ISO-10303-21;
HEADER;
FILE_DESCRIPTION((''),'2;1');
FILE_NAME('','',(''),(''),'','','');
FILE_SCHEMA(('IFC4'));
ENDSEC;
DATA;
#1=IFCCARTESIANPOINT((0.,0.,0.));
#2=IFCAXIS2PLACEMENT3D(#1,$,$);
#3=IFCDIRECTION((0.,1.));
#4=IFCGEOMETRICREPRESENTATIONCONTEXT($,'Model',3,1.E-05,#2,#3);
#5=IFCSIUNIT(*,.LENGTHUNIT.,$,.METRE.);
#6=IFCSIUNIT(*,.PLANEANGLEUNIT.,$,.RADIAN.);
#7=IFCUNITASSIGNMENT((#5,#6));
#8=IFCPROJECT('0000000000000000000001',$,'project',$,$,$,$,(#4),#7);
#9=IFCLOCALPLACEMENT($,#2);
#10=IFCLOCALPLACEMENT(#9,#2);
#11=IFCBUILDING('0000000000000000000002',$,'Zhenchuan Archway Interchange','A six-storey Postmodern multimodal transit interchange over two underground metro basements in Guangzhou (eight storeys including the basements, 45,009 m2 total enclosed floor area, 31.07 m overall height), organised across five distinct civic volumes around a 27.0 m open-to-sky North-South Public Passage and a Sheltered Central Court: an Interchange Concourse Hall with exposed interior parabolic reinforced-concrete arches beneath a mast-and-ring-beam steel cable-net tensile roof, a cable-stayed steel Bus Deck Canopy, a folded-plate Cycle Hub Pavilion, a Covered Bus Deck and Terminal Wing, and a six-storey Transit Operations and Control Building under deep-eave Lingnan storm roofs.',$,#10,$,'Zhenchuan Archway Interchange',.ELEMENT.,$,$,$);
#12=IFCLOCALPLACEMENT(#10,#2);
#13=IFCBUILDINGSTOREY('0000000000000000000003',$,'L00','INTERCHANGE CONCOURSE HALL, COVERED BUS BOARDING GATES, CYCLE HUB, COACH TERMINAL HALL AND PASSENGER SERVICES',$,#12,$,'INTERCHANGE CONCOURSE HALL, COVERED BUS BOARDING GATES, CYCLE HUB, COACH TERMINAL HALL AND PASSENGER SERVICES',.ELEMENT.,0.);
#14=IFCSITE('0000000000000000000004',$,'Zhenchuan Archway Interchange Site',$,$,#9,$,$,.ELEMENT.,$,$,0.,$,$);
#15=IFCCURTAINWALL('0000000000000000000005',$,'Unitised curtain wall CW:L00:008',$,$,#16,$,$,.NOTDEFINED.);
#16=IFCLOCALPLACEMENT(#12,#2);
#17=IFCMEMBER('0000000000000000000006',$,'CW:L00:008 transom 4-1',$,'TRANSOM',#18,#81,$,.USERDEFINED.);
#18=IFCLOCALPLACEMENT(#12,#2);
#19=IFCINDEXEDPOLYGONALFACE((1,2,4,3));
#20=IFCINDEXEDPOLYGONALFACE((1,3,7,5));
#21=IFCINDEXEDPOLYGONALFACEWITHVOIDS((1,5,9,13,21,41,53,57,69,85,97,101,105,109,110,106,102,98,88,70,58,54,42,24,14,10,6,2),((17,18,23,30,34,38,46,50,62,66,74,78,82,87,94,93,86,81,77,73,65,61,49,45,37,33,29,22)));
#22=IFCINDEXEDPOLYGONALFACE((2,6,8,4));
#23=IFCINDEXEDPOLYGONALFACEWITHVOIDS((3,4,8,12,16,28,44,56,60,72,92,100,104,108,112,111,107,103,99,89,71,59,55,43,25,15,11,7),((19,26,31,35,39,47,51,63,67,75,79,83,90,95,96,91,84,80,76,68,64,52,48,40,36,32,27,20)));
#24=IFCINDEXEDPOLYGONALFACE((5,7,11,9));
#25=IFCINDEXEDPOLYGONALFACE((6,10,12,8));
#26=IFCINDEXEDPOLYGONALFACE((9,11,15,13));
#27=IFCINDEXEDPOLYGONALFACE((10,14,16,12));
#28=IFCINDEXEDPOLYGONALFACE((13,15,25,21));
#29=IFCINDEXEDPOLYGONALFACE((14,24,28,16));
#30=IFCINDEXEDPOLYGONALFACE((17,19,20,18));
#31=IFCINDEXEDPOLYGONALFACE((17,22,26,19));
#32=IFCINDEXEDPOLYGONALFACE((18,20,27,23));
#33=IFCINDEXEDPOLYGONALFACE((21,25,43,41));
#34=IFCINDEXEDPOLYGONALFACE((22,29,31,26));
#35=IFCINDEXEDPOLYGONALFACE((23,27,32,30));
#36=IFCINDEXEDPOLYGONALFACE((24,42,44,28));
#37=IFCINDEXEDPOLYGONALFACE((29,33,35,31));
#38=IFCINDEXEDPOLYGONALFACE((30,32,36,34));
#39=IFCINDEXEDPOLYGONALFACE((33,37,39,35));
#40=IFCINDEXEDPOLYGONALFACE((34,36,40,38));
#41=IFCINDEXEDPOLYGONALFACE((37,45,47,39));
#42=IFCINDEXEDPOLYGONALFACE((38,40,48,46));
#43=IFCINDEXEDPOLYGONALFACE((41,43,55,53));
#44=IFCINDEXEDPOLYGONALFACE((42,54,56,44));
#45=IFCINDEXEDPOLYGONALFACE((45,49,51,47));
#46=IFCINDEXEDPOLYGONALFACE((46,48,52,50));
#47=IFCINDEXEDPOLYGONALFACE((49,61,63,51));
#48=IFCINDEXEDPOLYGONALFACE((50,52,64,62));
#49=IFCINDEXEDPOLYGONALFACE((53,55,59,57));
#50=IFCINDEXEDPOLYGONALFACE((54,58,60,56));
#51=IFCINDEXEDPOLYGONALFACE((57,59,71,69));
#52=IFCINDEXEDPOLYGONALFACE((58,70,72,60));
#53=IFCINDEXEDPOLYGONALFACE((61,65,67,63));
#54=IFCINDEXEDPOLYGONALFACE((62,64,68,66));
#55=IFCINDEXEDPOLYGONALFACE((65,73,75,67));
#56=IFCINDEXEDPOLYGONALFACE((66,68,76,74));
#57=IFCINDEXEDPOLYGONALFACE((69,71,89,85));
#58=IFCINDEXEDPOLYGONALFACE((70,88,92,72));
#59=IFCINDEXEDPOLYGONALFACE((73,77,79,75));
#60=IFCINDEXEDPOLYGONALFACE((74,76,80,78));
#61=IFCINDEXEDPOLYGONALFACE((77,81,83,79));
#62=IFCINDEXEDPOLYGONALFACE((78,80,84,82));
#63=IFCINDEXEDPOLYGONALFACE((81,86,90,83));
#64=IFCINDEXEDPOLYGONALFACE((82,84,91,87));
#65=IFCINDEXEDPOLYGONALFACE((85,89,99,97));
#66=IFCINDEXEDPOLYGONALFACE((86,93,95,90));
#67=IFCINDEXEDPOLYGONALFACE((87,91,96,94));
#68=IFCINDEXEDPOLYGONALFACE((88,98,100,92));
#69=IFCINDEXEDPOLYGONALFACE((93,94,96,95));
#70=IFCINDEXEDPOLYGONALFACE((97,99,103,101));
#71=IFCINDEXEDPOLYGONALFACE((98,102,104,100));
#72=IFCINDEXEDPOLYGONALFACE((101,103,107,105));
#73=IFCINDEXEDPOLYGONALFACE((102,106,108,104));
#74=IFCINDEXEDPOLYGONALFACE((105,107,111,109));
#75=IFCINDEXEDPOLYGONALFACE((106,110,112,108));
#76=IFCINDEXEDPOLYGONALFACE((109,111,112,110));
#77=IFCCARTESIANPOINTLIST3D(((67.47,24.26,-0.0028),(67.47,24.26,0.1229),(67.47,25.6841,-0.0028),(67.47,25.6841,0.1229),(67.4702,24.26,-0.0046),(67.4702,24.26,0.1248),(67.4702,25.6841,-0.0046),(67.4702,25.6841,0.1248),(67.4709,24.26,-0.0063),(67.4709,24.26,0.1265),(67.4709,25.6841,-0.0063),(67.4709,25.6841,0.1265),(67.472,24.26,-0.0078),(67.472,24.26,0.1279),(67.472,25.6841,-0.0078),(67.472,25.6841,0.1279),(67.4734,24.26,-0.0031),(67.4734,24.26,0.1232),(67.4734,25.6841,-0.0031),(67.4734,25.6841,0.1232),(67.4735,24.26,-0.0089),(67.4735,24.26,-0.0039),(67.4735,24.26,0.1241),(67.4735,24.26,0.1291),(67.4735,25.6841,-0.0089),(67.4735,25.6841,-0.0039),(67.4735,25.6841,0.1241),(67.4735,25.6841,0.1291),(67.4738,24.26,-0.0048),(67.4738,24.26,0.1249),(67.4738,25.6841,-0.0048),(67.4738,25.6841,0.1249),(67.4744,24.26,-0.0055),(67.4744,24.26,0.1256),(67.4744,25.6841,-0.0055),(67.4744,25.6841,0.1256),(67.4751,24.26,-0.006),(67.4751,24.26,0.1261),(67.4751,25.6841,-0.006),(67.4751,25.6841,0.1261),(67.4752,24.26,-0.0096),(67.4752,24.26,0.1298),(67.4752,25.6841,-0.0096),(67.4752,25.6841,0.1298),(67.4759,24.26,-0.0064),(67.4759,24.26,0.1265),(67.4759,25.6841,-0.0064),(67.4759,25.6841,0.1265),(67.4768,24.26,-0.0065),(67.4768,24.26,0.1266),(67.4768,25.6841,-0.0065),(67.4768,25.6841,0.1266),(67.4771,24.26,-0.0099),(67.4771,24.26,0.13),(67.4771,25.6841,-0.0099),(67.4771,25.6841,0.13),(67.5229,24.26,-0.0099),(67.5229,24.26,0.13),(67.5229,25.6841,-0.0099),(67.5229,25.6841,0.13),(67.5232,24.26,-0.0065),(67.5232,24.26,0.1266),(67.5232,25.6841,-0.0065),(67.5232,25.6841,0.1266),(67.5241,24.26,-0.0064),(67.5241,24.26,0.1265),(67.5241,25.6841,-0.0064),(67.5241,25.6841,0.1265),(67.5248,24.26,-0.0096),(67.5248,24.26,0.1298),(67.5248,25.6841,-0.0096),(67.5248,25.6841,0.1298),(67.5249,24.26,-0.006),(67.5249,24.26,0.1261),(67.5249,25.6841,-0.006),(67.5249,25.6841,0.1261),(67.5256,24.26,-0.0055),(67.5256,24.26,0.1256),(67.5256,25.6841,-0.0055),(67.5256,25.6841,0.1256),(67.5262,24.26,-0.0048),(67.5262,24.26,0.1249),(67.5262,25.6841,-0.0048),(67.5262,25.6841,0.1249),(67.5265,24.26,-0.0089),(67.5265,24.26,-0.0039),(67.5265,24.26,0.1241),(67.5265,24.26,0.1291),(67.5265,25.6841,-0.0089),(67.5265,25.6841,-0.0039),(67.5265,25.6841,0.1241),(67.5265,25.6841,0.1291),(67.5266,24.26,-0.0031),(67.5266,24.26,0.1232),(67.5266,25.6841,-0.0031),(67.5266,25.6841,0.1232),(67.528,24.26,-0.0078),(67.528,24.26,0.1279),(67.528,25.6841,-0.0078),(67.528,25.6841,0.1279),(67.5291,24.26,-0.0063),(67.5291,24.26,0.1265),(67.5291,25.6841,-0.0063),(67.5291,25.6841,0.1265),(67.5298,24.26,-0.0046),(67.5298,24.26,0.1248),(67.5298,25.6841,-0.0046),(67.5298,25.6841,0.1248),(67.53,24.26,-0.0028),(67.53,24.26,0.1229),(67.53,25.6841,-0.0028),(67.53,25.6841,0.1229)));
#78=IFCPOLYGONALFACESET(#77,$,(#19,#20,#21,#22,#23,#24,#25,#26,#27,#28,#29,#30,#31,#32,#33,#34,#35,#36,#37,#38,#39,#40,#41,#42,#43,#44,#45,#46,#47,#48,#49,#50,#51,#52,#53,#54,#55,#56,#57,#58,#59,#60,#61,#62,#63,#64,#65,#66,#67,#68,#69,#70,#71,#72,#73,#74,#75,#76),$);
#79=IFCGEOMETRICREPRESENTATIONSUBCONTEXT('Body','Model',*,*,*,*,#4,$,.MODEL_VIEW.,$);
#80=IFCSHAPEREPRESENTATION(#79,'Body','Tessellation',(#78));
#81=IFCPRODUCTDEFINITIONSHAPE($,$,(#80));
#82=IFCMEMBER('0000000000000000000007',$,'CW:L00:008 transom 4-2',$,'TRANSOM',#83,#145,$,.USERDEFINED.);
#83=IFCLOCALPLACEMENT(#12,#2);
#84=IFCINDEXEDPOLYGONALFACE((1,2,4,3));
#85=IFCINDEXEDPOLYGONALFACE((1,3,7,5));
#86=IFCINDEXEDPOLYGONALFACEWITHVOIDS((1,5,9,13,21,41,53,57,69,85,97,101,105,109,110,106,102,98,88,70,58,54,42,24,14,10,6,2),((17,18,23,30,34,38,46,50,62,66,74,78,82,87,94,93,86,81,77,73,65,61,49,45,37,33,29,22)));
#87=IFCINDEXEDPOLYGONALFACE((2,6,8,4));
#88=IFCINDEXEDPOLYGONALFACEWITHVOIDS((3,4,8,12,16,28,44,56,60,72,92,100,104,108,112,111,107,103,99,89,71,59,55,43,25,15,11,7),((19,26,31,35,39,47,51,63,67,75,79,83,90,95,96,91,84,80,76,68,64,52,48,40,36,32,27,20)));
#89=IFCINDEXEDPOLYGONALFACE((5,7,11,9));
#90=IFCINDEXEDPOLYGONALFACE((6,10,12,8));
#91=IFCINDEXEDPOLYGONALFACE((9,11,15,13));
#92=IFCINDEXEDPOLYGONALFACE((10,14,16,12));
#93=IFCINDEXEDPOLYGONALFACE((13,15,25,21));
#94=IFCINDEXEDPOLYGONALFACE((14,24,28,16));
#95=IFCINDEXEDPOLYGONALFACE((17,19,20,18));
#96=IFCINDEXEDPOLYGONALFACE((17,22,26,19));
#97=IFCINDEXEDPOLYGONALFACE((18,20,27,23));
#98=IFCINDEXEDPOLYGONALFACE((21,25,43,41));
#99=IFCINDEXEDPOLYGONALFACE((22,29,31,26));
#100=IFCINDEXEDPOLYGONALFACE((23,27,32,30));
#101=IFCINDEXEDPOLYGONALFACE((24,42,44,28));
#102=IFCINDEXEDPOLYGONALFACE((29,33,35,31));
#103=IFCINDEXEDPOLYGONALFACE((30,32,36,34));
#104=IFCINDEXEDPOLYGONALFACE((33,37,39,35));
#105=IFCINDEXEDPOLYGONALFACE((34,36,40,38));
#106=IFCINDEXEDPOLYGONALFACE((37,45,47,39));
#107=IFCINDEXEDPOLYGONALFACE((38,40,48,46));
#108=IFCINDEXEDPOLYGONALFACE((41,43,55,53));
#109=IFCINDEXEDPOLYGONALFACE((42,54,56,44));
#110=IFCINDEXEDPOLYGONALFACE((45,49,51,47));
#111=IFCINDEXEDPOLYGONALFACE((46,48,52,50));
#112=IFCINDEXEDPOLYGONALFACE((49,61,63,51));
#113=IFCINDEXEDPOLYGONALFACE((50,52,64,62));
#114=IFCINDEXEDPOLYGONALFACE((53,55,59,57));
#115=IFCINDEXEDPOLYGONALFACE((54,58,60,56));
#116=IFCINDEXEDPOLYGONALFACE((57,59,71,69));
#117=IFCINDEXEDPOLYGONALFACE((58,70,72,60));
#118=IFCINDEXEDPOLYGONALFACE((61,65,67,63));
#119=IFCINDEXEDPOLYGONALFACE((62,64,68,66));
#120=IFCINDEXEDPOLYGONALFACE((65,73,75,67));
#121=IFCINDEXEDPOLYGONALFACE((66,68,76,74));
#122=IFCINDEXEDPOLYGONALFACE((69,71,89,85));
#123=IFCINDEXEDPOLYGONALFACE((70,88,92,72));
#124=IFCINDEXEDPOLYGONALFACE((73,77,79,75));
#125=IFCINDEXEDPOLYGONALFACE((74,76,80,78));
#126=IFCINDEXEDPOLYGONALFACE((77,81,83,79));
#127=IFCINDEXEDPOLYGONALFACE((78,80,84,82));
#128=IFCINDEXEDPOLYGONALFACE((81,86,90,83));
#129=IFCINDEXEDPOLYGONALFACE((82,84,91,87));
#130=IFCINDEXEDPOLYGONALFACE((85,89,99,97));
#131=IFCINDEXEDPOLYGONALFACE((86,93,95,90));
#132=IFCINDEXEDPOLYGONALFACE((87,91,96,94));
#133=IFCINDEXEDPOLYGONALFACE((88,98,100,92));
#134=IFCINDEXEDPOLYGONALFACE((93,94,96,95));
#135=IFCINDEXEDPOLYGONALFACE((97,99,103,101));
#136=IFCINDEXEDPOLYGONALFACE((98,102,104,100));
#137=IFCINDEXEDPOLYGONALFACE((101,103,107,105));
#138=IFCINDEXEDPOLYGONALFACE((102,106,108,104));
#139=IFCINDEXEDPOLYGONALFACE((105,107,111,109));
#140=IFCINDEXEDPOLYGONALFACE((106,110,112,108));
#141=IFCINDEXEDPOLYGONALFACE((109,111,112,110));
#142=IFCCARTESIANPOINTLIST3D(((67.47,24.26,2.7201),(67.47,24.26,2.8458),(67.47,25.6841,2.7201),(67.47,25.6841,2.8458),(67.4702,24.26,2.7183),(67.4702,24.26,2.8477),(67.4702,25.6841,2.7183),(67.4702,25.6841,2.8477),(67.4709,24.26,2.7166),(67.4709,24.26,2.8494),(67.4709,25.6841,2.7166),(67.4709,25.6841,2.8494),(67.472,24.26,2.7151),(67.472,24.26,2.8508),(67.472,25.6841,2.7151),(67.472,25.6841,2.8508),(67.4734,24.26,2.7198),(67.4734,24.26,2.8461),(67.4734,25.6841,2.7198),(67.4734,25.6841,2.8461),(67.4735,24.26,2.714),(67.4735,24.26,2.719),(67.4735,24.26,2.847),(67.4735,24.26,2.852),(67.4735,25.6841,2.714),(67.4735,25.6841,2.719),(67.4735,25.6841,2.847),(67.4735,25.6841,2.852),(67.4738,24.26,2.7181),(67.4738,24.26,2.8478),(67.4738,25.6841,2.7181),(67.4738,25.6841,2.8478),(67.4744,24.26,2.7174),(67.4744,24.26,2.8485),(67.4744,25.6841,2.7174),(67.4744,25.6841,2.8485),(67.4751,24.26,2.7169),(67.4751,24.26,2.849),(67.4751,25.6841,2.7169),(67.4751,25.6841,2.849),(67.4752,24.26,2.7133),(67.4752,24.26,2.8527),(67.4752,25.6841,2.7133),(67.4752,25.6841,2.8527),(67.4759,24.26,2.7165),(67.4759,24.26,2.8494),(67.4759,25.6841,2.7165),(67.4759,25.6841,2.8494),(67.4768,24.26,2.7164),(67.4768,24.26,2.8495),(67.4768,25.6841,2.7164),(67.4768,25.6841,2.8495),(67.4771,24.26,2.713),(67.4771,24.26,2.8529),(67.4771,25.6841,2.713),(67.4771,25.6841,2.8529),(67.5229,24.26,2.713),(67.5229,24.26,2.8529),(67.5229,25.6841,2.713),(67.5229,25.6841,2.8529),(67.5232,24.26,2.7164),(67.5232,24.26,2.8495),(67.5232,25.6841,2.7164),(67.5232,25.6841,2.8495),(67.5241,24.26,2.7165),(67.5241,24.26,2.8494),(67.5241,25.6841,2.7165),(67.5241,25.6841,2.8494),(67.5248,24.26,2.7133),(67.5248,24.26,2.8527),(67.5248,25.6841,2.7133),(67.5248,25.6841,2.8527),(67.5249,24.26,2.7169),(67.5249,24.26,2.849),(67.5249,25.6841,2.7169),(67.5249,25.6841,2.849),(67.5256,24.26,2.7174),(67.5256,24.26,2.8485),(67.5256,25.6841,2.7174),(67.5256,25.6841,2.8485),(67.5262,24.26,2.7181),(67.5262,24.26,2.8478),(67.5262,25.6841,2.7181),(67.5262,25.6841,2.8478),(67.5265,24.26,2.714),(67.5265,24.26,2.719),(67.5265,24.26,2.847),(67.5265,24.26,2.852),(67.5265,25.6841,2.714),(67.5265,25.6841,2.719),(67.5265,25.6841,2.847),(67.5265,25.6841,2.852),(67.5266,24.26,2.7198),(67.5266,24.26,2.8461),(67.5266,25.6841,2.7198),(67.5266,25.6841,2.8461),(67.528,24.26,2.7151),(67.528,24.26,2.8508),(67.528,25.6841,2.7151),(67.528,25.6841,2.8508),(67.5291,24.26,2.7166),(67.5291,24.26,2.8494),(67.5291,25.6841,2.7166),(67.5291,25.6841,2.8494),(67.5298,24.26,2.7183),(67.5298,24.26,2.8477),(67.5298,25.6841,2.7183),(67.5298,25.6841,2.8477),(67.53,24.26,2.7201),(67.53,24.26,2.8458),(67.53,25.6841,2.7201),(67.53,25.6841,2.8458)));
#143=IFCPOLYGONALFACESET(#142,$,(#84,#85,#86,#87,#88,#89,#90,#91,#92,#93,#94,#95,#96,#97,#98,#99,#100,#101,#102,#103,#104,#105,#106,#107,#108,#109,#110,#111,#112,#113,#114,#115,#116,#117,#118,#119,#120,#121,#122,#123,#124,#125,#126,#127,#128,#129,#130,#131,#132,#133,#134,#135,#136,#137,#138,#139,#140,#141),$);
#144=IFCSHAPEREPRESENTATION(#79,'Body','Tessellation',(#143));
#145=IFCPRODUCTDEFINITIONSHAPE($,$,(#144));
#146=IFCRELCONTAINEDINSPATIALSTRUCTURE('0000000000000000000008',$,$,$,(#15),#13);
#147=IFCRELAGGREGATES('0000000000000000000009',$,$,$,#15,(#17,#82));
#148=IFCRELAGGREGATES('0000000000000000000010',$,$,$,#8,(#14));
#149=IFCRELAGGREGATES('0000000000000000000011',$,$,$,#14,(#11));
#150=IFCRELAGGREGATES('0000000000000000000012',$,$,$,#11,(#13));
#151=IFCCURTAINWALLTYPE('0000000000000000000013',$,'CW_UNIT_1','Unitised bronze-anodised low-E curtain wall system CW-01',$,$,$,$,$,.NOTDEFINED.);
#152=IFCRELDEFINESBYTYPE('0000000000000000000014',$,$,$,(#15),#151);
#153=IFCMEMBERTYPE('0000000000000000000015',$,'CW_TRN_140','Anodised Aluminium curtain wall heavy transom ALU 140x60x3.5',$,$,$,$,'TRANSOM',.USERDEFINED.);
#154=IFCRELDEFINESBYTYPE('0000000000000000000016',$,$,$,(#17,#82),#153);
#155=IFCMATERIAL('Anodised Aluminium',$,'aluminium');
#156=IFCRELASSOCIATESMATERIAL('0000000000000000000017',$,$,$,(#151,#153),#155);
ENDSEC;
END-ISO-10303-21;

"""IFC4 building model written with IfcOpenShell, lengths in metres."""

from ifc_helpers import new_model, si_unit, direction, frame, origin, origin_2d, place, context, subcontext, project, spatial, hollow_rectangle, extrude, material, material_profile, profile_set, type_object, element, aggregate, save


model = new_model("IFC4")

# Units and contexts
model_context = context("Model", 3, precision=1e-05, world=origin(), true_north=direction((0.0, 1.0)))
body_context = subcontext(model_context, "Body", "Model", "MODEL_VIEW")
ifc_project = project(units=[si_unit("LENGTHUNIT", "METRE"), si_unit("PLANEANGLEUNIT", "RADIAN")], contexts=[model_context])

# Site, building, storey
site_placement = place(None, origin())
site = spatial("IfcSite", under=ifc_project, at=site_placement, Name="Zhenchuan Archway Interchange Site", CompositionType="ELEMENT", RefElevation=0.0)
building_placement = place(site_placement, origin())
building = spatial("IfcBuilding", under=site, at=building_placement, Name="Zhenchuan Archway Interchange", Description="A six-storey Postmodern multimodal transit interchange over two underground metro basements in Guangzhou (eight storeys including the basements, 45,009 m2 total enclosed floor area, 31.07 m overall height), organised across five distinct civic volumes around a 27.0 m open-to-sky North-South Public Passage and a Sheltered Central Court: an Interchange Concourse Hall with exposed interior parabolic reinforced-concrete arches beneath a mast-and-ring-beam steel cable-net tensile roof, a cable-stayed steel Bus Deck Canopy, a folded-plate Cycle Hub Pavilion, a Covered Bus Deck and Terminal Wing, and a six-storey Transit Operations and Control Building under deep-eave Lingnan storm roofs.", LongName="Zhenchuan Archway Interchange", CompositionType="ELEMENT")
storey_placement = place(building_placement, origin())
storey = spatial("IfcBuildingStorey", under=building, at=storey_placement, Name="L00", Description="INTERCHANGE CONCOURSE HALL, COVERED BUS BOARDING GATES, CYCLE HUB, COACH TERMINAL HALL AND PASSENGER SERVICES", LongName="INTERCHANGE CONCOURSE HALL, COVERED BUS BOARDING GATES, CYCLE HUB, COACH TERMINAL HALL AND PASSENGER SERVICES", CompositionType="ELEMENT", Elevation=0.0)

# Curtain wall, members
ifc_material_1 = material(Name="Anodised Aluminium", Category="aluminium")
curtain_wall_type = type_object("IfcCurtainWallType", Name="CW_UNIT_1", Description="Unitised bronze-anodised low-E curtain wall system CW-01", PredefinedType="NOTDEFINED", material=ifc_material_1)
curtain_wall_placement = place(storey_placement, origin())
curtain_wall = element("IfcCurtainWall", 1, at=curtain_wall_placement, inside=storey, type_object=curtain_wall_type, Name="Unitised curtain wall CW:L00:008", PredefinedType="NOTDEFINED")
ifc_material_profile_1 = material_profile(ifc_material_1, hollow_rectangle(XDim=0.0601, YDim=0.1399, WallThickness=0.0034, InnerFilletRadius=0.0034, OuterFilletRadius=0.0071, at=origin_2d()), Name="ALU 140x60x3.5")
ifc_profile_set_1 = profile_set([ifc_material_profile_1], Name="Anodised Aluminium")
member_type_1 = type_object("IfcMemberType", Name="CW_TRN_140", Description="Anodised Aluminium curtain wall heavy transom ALU 140x60x3.5", ElementType="TRANSOM", PredefinedType="USERDEFINED", material=ifc_profile_set_1)
member_1_placement = place(storey_placement, frame((67.5, 25.6841, 0.0601), z_axis=(0.0, -1.0, 0.0), x_axis=(1.0, 0.0, 0.0)))
member_1 = element("IfcMember", 2, at=member_1_placement, type_object=member_type_1, Name="CW:L00:008 transom 4-1", ObjectType="TRANSOM", PredefinedType="USERDEFINED", context=body_context, shape_type="SweptSolid", body=[
    extrude(hollow_rectangle(XDim=0.0601, YDim=0.1399, WallThickness=0.0034, InnerFilletRadius=0.0034, OuterFilletRadius=0.0071, at=origin_2d()), origin(), (0.0, 0.0, 1.0), 1.4241),
])
member_2_placement = place(storey_placement, frame((67.5, 25.6841, 2.783), z_axis=(0.0, -1.0, 0.0), x_axis=(1.0, 0.0, 0.0)))
member_2 = element("IfcMember", 3, at=member_2_placement, type_object=member_type_1, Name="CW:L00:008 transom 4-2", ObjectType="TRANSOM", PredefinedType="USERDEFINED", context=body_context, shape_type="SweptSolid", body=[
    extrude(hollow_rectangle(XDim=0.0601, YDim=0.1399, WallThickness=0.0034, InnerFilletRadius=0.0034, OuterFilletRadius=0.0071, at=origin_2d()), origin(), (0.0, 0.0, 1.0), 1.4241),
])

aggregate(curtain_wall, [member_1, member_2])

save(model, "model.ifc")
